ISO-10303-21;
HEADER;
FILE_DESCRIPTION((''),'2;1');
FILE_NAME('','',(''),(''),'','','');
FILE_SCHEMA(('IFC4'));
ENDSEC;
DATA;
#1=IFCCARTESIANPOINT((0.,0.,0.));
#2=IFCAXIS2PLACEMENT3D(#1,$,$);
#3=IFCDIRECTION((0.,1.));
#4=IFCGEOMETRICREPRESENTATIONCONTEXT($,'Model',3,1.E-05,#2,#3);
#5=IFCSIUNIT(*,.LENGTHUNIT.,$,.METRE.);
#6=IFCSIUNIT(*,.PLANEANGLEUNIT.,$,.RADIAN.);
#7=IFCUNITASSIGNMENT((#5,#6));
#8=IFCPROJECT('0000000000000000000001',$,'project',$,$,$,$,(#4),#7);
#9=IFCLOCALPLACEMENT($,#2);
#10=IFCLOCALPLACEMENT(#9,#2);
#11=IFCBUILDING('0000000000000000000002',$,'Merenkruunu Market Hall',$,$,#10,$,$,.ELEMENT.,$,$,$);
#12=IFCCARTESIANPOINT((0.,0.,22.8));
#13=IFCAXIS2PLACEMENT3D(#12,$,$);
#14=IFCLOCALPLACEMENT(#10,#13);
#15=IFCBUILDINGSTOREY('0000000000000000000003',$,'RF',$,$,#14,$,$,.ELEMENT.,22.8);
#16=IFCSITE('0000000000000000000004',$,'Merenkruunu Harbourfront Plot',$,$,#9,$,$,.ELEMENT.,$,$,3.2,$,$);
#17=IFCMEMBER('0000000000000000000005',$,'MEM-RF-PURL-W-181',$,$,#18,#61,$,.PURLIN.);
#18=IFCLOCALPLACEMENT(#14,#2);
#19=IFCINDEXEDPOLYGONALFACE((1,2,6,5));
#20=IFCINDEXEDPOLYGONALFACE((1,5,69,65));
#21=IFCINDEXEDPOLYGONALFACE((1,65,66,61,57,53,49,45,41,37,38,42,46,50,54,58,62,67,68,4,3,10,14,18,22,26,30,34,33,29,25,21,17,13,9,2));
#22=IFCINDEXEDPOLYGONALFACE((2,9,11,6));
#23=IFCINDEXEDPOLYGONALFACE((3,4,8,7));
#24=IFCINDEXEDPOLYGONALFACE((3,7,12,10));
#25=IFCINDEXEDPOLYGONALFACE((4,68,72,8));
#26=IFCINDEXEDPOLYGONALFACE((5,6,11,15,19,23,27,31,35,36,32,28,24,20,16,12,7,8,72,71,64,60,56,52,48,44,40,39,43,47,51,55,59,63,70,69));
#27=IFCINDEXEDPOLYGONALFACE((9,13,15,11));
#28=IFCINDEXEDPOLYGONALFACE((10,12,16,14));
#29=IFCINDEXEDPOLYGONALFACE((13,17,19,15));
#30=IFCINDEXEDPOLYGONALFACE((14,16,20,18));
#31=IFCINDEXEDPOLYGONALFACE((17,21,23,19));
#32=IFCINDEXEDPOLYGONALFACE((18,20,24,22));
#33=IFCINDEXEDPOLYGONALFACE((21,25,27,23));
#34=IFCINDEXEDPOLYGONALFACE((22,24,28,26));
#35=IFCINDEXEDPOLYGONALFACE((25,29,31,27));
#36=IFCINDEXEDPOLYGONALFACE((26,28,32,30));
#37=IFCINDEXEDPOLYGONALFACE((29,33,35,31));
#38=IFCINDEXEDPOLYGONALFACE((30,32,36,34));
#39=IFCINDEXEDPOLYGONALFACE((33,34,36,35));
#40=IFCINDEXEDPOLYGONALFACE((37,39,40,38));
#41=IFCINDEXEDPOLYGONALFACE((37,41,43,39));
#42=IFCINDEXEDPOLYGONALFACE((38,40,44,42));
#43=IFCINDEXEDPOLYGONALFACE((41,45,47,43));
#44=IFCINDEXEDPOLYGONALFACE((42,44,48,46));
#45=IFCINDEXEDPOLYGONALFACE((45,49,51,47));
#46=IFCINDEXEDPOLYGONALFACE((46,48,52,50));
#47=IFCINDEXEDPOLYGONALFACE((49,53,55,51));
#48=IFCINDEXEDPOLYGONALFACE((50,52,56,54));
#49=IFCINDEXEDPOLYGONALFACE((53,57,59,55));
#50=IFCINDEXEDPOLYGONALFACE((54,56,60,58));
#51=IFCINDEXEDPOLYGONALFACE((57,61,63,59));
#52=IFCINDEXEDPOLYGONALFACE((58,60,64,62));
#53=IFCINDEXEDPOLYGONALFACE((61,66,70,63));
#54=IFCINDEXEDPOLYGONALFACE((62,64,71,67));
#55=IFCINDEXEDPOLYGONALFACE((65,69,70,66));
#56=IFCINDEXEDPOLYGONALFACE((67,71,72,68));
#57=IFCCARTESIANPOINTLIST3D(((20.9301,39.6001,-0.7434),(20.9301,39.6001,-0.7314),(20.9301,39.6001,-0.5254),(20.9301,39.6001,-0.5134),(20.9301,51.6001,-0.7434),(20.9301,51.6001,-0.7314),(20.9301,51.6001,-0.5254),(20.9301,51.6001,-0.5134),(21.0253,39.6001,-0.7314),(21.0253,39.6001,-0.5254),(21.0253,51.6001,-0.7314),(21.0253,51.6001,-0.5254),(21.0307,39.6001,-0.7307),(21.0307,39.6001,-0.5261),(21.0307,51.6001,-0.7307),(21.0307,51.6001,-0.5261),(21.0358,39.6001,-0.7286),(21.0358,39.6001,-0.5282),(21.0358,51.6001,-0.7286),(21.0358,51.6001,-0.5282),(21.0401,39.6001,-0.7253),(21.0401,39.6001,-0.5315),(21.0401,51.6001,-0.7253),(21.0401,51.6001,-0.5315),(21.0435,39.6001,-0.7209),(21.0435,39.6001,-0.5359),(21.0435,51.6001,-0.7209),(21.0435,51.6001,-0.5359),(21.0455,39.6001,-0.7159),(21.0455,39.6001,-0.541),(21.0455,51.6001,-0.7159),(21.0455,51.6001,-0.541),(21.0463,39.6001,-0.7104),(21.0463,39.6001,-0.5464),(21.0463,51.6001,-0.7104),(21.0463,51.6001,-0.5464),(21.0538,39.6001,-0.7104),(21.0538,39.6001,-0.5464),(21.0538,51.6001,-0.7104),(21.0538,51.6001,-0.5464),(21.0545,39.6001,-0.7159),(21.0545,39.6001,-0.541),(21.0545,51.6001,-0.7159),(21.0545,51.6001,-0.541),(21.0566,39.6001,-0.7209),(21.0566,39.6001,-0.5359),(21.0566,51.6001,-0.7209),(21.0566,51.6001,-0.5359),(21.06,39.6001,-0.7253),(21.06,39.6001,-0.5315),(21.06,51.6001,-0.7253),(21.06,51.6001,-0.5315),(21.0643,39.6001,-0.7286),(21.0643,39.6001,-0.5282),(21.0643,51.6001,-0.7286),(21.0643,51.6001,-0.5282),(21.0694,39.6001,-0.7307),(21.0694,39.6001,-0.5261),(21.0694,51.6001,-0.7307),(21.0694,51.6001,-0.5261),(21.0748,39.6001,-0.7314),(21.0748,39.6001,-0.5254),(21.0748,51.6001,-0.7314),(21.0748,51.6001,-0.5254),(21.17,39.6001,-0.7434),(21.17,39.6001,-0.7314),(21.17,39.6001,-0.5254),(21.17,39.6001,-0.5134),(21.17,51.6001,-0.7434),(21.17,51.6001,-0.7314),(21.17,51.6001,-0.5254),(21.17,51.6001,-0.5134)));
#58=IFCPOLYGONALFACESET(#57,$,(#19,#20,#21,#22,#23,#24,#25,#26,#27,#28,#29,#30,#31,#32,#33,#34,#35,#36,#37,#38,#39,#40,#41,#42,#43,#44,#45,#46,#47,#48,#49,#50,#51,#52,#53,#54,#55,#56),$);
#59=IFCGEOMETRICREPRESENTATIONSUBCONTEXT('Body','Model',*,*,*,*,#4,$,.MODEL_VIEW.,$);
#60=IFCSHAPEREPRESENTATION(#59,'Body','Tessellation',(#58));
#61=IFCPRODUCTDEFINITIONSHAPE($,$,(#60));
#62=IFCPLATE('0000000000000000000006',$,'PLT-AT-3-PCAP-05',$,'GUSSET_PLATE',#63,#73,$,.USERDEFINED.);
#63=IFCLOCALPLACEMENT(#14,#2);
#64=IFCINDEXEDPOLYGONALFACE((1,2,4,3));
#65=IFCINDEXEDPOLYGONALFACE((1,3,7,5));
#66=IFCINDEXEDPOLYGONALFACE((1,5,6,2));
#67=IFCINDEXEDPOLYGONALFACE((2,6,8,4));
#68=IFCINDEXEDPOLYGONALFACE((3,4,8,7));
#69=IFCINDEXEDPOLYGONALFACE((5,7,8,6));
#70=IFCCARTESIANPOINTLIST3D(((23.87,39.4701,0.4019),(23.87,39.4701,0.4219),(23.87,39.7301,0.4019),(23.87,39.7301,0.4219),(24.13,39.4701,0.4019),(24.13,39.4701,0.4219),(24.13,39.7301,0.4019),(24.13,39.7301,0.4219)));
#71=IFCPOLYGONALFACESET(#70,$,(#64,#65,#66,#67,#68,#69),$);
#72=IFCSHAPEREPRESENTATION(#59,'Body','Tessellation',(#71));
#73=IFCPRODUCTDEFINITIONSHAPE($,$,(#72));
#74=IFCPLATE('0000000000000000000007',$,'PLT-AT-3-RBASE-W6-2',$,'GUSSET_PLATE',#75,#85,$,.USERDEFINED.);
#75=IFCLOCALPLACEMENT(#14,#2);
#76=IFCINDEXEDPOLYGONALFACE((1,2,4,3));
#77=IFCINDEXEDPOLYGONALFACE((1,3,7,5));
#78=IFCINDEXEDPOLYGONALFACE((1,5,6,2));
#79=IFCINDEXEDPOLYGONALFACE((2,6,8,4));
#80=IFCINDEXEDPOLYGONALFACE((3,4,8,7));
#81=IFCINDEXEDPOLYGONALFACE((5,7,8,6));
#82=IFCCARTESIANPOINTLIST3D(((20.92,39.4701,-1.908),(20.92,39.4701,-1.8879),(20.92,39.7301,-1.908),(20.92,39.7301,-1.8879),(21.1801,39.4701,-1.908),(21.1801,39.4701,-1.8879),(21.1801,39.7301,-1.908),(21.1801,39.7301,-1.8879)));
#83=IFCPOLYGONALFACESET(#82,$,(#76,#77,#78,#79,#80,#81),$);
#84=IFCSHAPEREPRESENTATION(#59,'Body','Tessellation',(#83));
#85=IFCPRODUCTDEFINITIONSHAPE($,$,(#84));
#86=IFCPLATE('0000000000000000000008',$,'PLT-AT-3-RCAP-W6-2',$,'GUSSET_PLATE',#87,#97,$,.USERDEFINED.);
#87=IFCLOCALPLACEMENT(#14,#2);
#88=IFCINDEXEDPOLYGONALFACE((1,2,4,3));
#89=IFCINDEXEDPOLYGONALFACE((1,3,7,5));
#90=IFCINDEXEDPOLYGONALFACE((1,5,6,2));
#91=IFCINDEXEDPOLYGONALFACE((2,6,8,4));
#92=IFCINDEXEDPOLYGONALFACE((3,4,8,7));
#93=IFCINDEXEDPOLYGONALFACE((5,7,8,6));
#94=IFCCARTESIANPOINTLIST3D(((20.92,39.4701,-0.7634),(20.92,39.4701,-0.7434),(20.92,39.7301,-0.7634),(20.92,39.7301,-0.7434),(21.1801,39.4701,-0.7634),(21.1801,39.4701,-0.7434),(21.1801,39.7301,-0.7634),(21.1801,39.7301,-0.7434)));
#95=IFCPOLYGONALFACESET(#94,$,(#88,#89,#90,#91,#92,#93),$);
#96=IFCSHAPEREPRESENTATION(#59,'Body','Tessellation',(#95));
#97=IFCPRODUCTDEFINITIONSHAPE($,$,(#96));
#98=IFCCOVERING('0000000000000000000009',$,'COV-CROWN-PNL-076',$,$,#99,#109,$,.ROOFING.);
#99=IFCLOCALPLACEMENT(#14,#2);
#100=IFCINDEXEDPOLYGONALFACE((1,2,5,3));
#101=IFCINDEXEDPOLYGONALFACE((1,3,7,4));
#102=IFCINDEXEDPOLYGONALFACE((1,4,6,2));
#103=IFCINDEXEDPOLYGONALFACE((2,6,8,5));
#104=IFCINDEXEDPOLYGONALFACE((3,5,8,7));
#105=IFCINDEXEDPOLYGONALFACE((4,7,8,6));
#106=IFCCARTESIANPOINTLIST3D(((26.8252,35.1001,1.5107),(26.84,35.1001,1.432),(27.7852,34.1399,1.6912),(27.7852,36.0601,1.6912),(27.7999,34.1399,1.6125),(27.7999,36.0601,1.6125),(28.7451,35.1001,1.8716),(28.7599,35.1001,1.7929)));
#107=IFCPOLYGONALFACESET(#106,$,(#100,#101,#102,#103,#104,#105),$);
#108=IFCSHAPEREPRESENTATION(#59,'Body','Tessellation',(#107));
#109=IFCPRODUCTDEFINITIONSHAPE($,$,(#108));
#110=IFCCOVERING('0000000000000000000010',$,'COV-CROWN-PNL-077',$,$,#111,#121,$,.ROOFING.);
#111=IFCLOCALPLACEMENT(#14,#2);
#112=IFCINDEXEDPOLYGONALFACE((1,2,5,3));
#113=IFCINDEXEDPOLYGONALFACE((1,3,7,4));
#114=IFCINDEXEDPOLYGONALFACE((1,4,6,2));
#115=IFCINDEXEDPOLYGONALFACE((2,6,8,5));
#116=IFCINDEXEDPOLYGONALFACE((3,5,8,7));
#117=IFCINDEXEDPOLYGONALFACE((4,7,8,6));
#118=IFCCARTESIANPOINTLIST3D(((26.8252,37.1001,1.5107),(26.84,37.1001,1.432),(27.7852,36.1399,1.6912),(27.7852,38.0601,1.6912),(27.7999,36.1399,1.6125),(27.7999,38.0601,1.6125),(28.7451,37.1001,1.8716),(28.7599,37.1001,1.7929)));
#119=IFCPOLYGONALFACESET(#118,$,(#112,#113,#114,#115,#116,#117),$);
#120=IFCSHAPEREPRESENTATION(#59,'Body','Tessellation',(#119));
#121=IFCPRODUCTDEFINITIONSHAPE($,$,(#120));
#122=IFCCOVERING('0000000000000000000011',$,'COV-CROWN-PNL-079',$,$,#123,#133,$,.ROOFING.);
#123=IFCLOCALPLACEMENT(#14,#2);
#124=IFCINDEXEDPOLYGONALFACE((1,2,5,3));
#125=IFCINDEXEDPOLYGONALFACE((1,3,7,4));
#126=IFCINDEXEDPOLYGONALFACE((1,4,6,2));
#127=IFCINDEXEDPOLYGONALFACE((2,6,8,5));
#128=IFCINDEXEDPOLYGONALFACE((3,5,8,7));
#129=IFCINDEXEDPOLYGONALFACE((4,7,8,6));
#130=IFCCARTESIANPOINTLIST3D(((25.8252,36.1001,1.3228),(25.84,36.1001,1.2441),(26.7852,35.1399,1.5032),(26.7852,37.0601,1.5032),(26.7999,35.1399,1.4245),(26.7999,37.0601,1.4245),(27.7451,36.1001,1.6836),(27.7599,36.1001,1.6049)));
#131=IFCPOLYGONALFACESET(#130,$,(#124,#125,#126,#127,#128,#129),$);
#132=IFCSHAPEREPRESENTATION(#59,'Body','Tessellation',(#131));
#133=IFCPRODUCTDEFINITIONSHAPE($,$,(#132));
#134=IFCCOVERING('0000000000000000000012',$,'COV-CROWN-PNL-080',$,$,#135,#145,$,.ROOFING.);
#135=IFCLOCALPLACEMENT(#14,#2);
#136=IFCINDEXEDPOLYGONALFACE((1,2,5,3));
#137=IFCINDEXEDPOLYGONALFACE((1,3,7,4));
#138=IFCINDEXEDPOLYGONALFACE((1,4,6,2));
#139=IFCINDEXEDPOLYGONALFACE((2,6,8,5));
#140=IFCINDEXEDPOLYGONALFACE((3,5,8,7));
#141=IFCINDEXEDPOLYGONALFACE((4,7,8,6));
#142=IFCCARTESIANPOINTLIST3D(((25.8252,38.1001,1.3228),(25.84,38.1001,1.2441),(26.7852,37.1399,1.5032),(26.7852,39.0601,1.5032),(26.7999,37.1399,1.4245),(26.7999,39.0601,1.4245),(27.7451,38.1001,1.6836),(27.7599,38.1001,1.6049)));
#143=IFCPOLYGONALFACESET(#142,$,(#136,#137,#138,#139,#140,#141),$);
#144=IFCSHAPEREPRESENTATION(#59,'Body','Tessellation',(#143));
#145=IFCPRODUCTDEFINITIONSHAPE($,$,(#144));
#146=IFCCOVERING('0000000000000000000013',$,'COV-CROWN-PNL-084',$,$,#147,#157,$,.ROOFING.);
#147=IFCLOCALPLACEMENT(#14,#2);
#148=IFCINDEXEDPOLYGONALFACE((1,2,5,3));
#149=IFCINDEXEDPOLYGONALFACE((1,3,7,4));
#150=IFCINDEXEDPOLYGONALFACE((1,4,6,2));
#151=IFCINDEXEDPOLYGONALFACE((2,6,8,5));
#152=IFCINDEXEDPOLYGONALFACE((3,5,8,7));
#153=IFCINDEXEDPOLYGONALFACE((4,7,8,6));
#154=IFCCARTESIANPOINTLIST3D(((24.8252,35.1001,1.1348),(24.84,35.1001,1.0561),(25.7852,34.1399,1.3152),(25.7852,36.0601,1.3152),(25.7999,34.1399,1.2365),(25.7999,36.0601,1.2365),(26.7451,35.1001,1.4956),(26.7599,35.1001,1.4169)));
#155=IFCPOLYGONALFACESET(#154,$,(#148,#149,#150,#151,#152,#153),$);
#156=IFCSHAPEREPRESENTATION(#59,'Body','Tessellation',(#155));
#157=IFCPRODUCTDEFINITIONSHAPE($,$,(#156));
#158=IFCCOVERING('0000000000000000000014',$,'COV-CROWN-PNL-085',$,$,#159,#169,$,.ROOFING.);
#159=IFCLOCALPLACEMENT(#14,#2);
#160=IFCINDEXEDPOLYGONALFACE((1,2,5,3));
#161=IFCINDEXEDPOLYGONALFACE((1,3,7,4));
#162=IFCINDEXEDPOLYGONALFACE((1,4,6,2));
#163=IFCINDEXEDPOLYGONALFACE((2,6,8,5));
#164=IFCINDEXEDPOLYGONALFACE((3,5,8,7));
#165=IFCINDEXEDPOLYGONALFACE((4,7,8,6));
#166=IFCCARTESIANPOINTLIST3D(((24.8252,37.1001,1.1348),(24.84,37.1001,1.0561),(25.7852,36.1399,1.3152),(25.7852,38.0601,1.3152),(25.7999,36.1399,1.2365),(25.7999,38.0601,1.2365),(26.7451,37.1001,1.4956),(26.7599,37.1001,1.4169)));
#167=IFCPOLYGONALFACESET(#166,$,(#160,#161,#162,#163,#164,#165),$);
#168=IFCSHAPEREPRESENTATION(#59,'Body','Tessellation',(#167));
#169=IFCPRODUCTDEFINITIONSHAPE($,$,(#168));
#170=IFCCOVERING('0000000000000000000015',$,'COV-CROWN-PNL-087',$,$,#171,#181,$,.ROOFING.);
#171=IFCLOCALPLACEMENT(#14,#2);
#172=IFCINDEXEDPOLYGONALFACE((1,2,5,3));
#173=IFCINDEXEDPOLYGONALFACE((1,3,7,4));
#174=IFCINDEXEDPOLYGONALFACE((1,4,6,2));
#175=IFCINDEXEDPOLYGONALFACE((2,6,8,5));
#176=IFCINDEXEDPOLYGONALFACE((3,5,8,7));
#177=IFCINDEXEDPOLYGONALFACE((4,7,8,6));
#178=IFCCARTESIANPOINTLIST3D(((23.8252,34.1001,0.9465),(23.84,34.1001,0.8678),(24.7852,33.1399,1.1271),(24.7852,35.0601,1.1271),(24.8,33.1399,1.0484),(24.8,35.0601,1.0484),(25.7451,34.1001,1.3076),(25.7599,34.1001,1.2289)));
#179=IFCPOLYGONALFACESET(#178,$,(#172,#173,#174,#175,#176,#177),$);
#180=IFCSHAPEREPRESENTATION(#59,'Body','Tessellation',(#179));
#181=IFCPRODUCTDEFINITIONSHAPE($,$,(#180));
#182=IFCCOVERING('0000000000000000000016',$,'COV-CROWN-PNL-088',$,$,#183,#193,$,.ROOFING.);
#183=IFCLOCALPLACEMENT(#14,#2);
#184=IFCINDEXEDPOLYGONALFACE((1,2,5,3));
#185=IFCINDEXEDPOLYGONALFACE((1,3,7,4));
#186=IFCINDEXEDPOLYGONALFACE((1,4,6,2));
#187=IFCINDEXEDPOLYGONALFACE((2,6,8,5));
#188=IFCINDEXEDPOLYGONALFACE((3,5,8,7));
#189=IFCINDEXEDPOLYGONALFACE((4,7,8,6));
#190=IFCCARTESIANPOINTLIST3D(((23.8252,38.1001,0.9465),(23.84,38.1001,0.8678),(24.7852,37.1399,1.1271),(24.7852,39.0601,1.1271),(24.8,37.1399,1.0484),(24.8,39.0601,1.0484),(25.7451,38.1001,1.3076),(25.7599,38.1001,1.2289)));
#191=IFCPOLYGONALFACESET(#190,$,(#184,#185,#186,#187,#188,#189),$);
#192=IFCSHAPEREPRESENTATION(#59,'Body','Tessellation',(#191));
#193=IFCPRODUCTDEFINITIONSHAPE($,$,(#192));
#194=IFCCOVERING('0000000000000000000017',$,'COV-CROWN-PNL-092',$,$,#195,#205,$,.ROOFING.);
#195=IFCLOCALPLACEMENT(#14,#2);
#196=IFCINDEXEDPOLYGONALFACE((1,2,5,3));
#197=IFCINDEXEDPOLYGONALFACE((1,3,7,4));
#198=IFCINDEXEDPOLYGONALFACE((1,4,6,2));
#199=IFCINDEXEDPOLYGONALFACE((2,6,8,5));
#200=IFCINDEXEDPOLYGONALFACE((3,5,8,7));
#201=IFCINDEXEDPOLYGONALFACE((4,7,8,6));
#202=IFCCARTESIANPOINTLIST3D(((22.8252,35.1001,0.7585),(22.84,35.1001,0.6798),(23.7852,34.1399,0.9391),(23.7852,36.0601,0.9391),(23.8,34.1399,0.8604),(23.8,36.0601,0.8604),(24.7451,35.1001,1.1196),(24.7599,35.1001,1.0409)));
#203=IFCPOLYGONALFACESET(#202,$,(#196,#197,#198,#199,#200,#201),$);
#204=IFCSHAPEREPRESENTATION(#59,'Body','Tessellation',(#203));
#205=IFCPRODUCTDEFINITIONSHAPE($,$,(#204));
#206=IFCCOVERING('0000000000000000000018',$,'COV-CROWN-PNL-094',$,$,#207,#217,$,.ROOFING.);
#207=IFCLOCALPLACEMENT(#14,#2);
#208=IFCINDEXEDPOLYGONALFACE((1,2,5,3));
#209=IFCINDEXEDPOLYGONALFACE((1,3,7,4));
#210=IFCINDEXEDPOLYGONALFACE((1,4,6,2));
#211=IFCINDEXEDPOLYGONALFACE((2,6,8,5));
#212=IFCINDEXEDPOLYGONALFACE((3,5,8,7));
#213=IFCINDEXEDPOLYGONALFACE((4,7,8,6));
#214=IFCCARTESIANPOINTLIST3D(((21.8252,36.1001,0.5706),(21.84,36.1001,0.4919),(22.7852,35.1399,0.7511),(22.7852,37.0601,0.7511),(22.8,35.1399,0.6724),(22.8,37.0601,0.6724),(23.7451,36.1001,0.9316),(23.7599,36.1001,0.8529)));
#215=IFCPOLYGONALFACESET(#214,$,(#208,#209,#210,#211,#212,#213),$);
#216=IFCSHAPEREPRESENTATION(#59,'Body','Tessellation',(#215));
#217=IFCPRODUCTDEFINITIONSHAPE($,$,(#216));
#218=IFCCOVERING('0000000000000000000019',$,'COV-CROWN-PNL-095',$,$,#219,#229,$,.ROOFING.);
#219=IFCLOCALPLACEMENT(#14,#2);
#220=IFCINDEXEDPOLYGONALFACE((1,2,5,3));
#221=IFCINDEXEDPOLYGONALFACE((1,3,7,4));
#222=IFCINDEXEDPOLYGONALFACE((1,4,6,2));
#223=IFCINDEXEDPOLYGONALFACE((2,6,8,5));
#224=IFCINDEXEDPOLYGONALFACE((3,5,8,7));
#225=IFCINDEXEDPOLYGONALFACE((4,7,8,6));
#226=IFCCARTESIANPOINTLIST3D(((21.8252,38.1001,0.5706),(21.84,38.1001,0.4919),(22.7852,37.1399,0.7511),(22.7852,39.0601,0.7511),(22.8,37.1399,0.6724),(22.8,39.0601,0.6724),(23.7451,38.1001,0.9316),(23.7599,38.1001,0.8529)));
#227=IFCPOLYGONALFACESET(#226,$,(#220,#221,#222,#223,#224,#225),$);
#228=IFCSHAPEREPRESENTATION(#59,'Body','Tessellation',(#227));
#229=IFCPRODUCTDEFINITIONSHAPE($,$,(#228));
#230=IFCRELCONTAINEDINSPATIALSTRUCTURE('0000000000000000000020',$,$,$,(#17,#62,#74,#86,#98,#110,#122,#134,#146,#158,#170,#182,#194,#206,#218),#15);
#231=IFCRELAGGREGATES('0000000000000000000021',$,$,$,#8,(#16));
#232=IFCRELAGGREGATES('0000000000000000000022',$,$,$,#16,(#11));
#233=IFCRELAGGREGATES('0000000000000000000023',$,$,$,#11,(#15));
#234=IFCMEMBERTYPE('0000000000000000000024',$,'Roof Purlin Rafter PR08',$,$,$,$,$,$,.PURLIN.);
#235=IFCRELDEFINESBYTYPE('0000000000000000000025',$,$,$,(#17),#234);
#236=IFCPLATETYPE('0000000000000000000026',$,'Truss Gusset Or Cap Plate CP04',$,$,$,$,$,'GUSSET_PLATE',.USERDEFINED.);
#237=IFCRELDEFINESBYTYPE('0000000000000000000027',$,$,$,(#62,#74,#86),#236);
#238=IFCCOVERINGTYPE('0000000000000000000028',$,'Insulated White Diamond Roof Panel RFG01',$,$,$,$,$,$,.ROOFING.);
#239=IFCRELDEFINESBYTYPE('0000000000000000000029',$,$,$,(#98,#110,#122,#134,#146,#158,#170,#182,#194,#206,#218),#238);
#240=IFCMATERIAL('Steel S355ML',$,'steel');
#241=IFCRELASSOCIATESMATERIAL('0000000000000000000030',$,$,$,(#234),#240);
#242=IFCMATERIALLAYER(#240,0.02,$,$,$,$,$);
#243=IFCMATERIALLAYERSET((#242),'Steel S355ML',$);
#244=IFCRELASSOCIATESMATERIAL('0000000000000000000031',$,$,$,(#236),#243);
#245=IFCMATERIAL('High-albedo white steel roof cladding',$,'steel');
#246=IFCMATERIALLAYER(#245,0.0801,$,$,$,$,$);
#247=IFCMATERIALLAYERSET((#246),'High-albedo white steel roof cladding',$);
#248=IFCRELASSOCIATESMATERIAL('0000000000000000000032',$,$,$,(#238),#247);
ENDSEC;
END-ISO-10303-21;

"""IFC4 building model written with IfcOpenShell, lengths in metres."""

from ifc_helpers import new_model, si_unit, direction, frame, origin, origin_2d, place, context, subcontext, project, spatial, polyline, rectangle, i_section, outline, extrude, material, layer, layer_set, material_profile, profile_set, type_object, element, save


model = new_model("IFC4")

# Units and contexts
model_context = context("Model", 3, precision=1e-05, world=origin(), true_north=direction((0.0, 1.0)))
body_context = subcontext(model_context, "Body", "Model", "MODEL_VIEW")
ifc_project = project(units=[si_unit("LENGTHUNIT", "METRE"), si_unit("PLANEANGLEUNIT", "RADIAN")], contexts=[model_context])

# Site, building, storey
site_placement = place(None, origin())
site = spatial("IfcSite", under=ifc_project, at=site_placement, Name="Merenkruunu Harbourfront Plot", CompositionType="ELEMENT", RefElevation=3.2)
building_placement = place(site_placement, origin())
building = spatial("IfcBuilding", under=site, at=building_placement, Name="Merenkruunu Market Hall", CompositionType="ELEMENT")
storey_placement = place(building_placement, frame((0.0, 0.0, 22.8)))
storey = spatial("IfcBuildingStorey", under=building, at=storey_placement, Name="RF", CompositionType="ELEMENT", Elevation=22.8)

# Member
ifc_material_1 = material(Name="Steel S355ML", Category="steel")
ifc_material_profile_1 = material_profile(ifc_material_1, i_section(OverallWidth=0.24, OverallDepth=0.23, WebThickness=0.0076, FlangeThickness=0.012, FilletRadius=0.021, at=origin_2d()), Name="HEA 240")
ifc_profile_set_1 = profile_set([ifc_material_profile_1], Name="Steel S355ML")
member_type_1 = type_object("IfcMemberType", Name="Roof Purlin Rafter PR08", PredefinedType="PURLIN", material=ifc_profile_set_1)
member_1_placement = place(storey_placement, frame((21.05, 39.6001, -0.6284), z_axis=(0.0, 1.0, 0.0), x_axis=(-1.0, 0.0, 0.0)))
element("IfcMember", 1, at=member_1_placement, inside=storey, type_object=member_type_1, Name="MEM-RF-PURL-W-181", PredefinedType="PURLIN", context=body_context, shape_type="SweptSolid", body=[
    extrude(i_section(OverallWidth=0.24, OverallDepth=0.23, WebThickness=0.0076, FlangeThickness=0.012, FilletRadius=0.021, at=origin_2d()), origin(), (0.0, 0.0, 1.0), 12.0),
])

# Plates
ifc_layer_1 = layer(ifc_material_1, 0.02)
ifc_layer_set_1 = layer_set([ifc_layer_1], Name="Steel S355ML")
plate_type = type_object("IfcPlateType", Name="Truss Gusset Or Cap Plate CP04", ElementType="GUSSET_PLATE", PredefinedType="USERDEFINED", material=ifc_layer_set_1)
for number, where, z_axis, x_axis, name in (
    (2, (24.0, 39.6001, 0.4019), (0.0, 0.0, 1.0), (1.0, 0.0, 0.0), "PLT-AT-3-PCAP-05"),
    (3, (21.05, 39.6001, -1.908), (0.0, 0.0, 1.0), (1.0, 0.0, 0.0), "PLT-AT-3-RBASE-W6-2"),
    (4, (21.05, 39.6001, -0.7634), (0.0, 0.0, 1.0), (1.0, 0.0, 0.0), "PLT-AT-3-RCAP-W6-2"),
):
    element("IfcPlate", number, at=place(storey_placement, frame(where, z_axis=z_axis, x_axis=x_axis)), inside=storey, type_object=plate_type, Name=name, ObjectType="GUSSET_PLATE", PredefinedType="USERDEFINED", context=body_context, shape_type="SweptSolid", body=[
        extrude(rectangle(XDim=0.26, YDim=0.26, at=origin_2d()), origin(), (0.0, 0.0, 1.0), 0.02),
    ])

# Coverings
ifc_material_2 = material(Name="High-albedo white steel roof cladding", Category="steel")
ifc_layer_2 = layer(ifc_material_2, 0.0801)
ifc_layer_set_2 = layer_set([ifc_layer_2], Name="High-albedo white steel roof cladding")
covering_type = type_object("IfcCoveringType", Name="Insulated White Diamond Roof Panel RFG01", PredefinedType="ROOFING", material=ifc_layer_set_2)
for number, where, z_axis, x_axis, name in (
    (5, (26.8252, 35.1001, 1.5107), (-0.184711, 0.0, 0.982793), (0.700856, -0.701035, 0.131722), "COV-CROWN-PNL-076"),
    (6, (26.8252, 37.1001, 1.5107), (-0.184711, 0.0, 0.982793), (0.700856, -0.701035, 0.131722), "COV-CROWN-PNL-077"),
    (7, (25.8252, 36.1001, 1.3228), (-0.184711, 0.0, 0.982793), (0.700856, -0.701035, 0.131722), "COV-CROWN-PNL-079"),
    (8, (25.8252, 38.1001, 1.3228), (-0.184711, 0.0, 0.982793), (0.700856, -0.701035, 0.131722), "COV-CROWN-PNL-080"),
    (9, (24.8252, 35.1001, 1.1348), (-0.184711, 0.0, 0.982793), (0.700856, -0.701035, 0.131722), "COV-CROWN-PNL-084"),
    (10, (24.8252, 37.1001, 1.1348), (-0.184711, 0.0, 0.982793), (0.700856, -0.701035, 0.131722), "COV-CROWN-PNL-085"),
):
    element("IfcCovering", number, at=place(storey_placement, frame(where, z_axis=z_axis, x_axis=x_axis)), inside=storey, type_object=covering_type, Name=name, PredefinedType="ROOFING", context=body_context, shape_type="SweptSolid", body=[
        extrude(outline(polyline([(0.0, 0.0), (1.3697, 0.0), (1.3931, 1.3695), (0.0236, 1.3693), (0.0, 0.0)])), origin(), (0.0, 0.0, -1.0), 0.0801),
    ])
for number, where, z_axis, x_axis, name in (
    (11, (23.8252, 34.1001, 0.9465), (-0.184832, 0.0, 0.98277), (0.700856, -0.701018, 0.131812), "COV-CROWN-PNL-087"),
    (12, (23.8252, 38.1001, 0.9465), (-0.184832, 0.0, 0.98277), (0.700856, -0.701018, 0.131812), "COV-CROWN-PNL-088"),
    (13, (22.8252, 35.1001, 0.7585), (-0.184832, 0.0, 0.98277), (0.700856, -0.701018, 0.131812), "COV-CROWN-PNL-092"),
    (14, (21.8252, 36.1001, 0.5706), (-0.184832, 0.0, 0.98277), (0.700856, -0.701018, 0.131812), "COV-CROWN-PNL-094"),
    (15, (21.8252, 38.1001, 0.5706), (-0.184832, 0.0, 0.98277), (0.700856, -0.701018, 0.131812), "COV-CROWN-PNL-095"),
):
    element("IfcCovering", number, at=place(storey_placement, frame(where, z_axis=z_axis, x_axis=x_axis)), inside=storey, type_object=covering_type, Name=name, PredefinedType="ROOFING", context=body_context, shape_type="SweptSolid", body=[
        extrude(outline(polyline([(0.0, 0.0), (1.3697, 0.0), (1.3932, 1.3695), (0.0237, 1.3694), (0.0, 0.0)])), origin(), (0.0, 0.0, -1.0), 0.0801),
    ])

save(model, "model.ifc")
